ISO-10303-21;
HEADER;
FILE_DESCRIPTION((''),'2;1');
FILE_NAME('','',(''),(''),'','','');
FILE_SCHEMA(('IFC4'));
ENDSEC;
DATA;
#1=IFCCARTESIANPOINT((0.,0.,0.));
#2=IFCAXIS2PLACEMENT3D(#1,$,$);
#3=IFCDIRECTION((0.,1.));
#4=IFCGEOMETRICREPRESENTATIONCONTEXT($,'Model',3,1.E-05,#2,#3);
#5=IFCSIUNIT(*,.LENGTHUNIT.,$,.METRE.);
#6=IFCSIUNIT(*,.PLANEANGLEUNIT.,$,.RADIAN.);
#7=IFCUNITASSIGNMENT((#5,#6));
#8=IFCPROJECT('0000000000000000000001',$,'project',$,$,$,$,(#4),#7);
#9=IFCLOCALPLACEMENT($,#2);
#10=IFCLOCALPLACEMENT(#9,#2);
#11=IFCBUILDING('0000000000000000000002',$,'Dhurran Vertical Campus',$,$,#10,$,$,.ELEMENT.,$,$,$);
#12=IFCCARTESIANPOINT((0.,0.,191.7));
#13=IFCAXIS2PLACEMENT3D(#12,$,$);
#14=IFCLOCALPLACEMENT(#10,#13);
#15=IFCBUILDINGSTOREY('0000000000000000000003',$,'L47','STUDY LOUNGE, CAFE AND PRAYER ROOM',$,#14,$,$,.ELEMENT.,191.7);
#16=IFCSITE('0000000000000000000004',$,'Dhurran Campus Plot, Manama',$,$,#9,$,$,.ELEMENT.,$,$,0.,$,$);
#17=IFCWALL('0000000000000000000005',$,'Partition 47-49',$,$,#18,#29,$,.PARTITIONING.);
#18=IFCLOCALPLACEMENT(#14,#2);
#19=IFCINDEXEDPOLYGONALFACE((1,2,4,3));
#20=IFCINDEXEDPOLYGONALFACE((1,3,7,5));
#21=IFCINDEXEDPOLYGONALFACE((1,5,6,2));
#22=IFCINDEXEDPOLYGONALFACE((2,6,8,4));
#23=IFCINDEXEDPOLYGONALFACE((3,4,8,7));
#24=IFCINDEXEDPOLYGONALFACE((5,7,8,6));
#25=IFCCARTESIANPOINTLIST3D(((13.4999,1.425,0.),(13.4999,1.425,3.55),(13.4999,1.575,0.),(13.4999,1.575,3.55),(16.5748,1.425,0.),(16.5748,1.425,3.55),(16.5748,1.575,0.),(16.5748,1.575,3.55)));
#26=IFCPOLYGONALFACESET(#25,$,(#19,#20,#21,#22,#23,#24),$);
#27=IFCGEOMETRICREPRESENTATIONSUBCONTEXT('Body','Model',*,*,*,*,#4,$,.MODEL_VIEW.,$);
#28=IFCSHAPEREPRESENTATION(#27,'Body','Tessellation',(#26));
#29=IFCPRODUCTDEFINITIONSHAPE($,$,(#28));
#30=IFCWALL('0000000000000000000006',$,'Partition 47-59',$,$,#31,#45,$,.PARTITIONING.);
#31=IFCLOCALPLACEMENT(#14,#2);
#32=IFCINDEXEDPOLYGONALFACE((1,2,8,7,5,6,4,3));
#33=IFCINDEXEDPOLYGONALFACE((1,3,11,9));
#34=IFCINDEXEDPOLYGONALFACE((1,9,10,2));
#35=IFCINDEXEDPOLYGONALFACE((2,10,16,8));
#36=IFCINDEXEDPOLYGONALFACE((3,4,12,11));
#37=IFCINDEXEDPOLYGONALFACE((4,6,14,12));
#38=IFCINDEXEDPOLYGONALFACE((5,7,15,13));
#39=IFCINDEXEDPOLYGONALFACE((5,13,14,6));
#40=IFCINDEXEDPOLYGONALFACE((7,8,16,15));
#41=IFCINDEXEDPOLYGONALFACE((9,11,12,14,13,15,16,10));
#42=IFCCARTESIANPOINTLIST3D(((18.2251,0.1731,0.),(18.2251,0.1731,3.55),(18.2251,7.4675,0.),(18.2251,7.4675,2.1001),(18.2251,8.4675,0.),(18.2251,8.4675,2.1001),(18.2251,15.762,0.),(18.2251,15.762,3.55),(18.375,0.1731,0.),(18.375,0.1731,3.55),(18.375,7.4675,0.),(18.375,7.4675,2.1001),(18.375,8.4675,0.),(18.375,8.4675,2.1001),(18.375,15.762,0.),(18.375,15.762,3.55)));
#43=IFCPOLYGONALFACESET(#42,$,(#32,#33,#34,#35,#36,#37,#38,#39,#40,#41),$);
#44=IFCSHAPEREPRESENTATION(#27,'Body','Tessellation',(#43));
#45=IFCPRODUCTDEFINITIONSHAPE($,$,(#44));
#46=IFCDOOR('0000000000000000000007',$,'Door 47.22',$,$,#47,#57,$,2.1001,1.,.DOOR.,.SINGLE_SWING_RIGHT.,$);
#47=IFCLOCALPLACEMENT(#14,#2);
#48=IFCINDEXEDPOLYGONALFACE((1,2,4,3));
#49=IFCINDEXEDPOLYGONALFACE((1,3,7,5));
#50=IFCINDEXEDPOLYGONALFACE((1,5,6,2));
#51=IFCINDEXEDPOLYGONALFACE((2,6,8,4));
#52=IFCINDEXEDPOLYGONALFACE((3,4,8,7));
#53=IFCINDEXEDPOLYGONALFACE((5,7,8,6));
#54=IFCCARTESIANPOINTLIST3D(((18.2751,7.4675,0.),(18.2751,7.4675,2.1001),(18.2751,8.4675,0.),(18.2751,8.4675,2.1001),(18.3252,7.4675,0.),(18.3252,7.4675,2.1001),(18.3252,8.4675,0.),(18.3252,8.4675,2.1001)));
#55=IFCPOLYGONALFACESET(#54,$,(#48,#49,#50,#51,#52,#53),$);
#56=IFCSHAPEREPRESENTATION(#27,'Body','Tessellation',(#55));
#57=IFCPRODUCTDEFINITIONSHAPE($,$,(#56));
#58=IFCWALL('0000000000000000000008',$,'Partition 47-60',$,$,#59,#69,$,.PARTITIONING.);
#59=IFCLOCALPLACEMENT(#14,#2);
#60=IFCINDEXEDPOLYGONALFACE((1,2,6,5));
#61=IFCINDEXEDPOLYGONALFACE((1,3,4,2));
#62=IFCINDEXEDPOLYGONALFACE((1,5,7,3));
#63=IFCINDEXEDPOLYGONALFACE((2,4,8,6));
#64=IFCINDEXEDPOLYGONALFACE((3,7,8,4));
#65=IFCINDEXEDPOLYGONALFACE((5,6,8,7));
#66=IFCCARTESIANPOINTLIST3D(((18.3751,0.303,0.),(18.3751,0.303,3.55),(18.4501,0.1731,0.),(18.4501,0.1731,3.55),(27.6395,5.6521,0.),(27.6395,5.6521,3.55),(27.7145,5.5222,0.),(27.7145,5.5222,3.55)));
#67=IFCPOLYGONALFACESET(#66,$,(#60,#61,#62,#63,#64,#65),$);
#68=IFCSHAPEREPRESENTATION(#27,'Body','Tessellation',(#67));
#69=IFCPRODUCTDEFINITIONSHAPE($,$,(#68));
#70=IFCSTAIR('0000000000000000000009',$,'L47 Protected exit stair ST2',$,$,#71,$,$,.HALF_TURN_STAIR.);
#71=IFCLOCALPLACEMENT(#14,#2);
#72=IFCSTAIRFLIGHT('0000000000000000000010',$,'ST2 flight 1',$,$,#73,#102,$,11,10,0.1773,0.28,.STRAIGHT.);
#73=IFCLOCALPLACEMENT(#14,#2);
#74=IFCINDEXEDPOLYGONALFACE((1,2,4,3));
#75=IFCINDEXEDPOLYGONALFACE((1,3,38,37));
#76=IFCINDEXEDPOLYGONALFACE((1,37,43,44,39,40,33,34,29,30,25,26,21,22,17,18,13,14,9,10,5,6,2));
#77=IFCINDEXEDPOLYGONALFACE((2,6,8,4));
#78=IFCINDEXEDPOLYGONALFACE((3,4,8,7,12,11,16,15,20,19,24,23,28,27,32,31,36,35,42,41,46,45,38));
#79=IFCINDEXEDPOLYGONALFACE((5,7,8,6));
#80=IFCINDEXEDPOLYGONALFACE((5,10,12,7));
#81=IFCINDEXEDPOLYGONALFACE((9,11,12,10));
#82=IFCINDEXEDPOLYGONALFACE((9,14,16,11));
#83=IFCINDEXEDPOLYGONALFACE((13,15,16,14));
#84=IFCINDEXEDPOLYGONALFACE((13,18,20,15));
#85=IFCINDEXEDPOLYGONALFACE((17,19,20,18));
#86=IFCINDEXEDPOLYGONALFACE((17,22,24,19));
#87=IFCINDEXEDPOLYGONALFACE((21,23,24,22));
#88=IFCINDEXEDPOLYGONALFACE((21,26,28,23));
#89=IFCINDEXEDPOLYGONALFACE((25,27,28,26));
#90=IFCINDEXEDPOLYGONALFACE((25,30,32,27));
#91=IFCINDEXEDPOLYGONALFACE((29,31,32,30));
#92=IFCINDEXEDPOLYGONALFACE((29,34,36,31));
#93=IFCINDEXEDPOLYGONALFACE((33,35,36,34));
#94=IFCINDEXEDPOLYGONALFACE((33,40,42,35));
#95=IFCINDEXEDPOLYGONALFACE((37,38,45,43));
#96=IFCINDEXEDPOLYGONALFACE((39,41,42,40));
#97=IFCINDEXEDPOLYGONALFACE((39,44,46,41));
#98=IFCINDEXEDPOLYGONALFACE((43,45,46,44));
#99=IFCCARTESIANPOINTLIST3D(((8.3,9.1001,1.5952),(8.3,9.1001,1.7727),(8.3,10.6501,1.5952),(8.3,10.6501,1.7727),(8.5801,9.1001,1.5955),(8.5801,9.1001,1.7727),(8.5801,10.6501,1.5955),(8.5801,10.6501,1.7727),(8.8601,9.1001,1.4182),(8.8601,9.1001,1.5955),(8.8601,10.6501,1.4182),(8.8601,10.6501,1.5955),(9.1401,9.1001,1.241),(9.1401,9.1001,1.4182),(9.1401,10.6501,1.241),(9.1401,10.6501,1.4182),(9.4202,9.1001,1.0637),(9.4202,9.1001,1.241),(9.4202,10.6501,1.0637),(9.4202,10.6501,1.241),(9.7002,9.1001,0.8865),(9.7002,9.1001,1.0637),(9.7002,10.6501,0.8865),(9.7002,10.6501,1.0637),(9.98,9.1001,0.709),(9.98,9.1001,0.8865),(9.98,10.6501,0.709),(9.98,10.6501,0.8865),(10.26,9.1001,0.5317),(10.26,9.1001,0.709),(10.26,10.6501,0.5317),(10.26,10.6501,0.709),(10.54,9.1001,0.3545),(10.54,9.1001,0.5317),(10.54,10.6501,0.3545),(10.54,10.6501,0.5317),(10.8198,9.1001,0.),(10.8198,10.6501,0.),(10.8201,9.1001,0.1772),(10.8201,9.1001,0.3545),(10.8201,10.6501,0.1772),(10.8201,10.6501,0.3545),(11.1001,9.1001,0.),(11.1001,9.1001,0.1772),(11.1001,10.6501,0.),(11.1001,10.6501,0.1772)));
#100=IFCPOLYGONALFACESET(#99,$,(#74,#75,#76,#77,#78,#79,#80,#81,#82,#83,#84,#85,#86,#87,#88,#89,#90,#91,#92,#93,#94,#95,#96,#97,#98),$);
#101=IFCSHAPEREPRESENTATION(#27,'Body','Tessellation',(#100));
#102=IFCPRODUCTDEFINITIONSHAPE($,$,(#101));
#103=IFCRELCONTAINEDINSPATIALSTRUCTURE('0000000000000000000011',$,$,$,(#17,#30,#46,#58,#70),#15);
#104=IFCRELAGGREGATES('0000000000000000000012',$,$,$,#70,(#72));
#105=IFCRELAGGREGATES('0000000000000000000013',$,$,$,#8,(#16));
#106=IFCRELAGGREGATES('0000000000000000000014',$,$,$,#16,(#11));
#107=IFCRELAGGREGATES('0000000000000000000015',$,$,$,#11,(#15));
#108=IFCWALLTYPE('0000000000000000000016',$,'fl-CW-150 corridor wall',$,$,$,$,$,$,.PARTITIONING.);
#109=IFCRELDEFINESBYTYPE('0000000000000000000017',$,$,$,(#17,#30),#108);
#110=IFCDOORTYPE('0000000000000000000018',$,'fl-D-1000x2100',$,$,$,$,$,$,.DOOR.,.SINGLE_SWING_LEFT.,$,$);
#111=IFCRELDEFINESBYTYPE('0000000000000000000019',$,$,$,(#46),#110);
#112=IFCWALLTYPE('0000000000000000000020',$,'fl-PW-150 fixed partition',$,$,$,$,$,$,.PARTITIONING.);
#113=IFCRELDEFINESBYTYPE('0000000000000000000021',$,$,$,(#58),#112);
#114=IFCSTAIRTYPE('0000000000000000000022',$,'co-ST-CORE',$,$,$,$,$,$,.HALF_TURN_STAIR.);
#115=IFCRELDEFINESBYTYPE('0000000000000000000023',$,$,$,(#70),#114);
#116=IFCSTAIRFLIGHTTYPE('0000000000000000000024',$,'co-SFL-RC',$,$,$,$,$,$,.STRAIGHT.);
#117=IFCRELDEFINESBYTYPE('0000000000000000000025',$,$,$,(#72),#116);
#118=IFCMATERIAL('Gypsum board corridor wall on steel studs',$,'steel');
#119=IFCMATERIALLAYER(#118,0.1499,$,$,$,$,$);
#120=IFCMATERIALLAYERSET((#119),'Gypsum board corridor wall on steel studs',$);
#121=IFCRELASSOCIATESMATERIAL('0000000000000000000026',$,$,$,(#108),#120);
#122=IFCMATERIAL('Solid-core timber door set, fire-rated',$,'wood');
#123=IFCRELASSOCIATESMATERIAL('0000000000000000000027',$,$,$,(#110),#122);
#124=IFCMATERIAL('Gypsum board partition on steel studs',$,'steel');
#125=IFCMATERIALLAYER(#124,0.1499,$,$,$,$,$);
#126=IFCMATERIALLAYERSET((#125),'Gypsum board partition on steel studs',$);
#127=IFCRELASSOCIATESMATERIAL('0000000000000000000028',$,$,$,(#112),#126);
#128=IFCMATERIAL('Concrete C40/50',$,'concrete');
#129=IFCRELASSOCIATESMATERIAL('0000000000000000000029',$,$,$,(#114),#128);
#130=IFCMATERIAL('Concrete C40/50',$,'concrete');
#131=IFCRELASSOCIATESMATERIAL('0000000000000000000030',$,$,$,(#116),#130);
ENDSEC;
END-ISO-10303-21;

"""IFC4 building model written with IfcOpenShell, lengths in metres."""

from ifc_helpers import new_model, si_unit, direction, frame, frame_2d, origin, place, context, subcontext, project, spatial, polyline, rectangle, outline, extrude, material, layer, layer_set, type_object, element, fill, aggregate, save


model = new_model("IFC4")

# Units and contexts
model_context = context("Model", 3, precision=1e-05, world=origin(), true_north=direction((0.0, 1.0)))
body_context = subcontext(model_context, "Body", "Model", "MODEL_VIEW")
ifc_project = project(units=[si_unit("LENGTHUNIT", "METRE"), si_unit("PLANEANGLEUNIT", "RADIAN")], contexts=[model_context])

# Site, building, storey
site_placement = place(None, origin())
site = spatial("IfcSite", under=ifc_project, at=site_placement, Name="Dhurran Campus Plot, Manama", CompositionType="ELEMENT", RefElevation=0.0)
building_placement = place(site_placement, origin())
building = spatial("IfcBuilding", under=site, at=building_placement, Name="Dhurran Vertical Campus", CompositionType="ELEMENT")
storey_placement = place(building_placement, frame((0.0, 0.0, 191.7)))
storey = spatial("IfcBuildingStorey", under=building, at=storey_placement, Name="L47", Description="STUDY LOUNGE, CAFE AND PRAYER ROOM", CompositionType="ELEMENT", Elevation=191.7)

# Wall
ifc_material_1 = material(Name="Gypsum board corridor wall on steel studs", Category="steel")
ifc_layer_1 = layer(ifc_material_1, 0.1499)
ifc_layer_set_1 = layer_set([ifc_layer_1], Name="Gypsum board corridor wall on steel studs")
wall_type_1 = type_object("IfcWallType", Name="fl-CW-150 corridor wall", PredefinedType="PARTITIONING", material=ifc_layer_set_1)
for number, where, z_axis, x_axis, name in (
    (1, (16.575, 1.5, 0.0), (0.0, 0.0, 1.0), (-1.0, 0.0, 0.0), "Partition 47-49"),
):
    element("IfcWall", number, at=place(storey_placement, frame(where, z_axis=z_axis, x_axis=x_axis)), inside=storey, type_object=wall_type_1, Name=name, PredefinedType="PARTITIONING", context=body_context, shape_type="SweptSolid", body=[
        extrude(rectangle(XDim=3.075, YDim=0.1499, at=frame_2d((1.5376, 0.0))), origin(), (0.0, 0.0, 1.0), 3.55),
    ])

# Wall, opening, door
wall_1_placement = place(storey_placement, frame((18.3, 0.1731, 0.0), z_axis=(0.0, 0.0, 1.0), x_axis=(0.0, 1.0, 0.0)))
wall_1 = element("IfcWall", 2, at=wall_1_placement, inside=storey, type_object=wall_type_1, Name="Partition 47-59", PredefinedType="PARTITIONING", context=body_context, shape_type="SweptSolid", body=[
    extrude(rectangle(XDim=15.5889, YDim=0.1499, at=frame_2d((7.7944, 0.0))), origin(), (0.0, 0.0, 1.0), 3.55),
])
opening_1_placement = place(wall_1_placement, frame((7.2944, 0.0, 0.0)))
opening_1 = element("IfcOpeningElement", 3, at=opening_1_placement, cuts=wall_1, PredefinedType="OPENING", context=body_context, shape_type="SweptSolid", body=[
    extrude(rectangle(XDim=1.0, YDim=2.1001, at=frame_2d((0.5, 1.05))), frame((0.0, 0.085, 0.0), z_axis=(0.0, -1.0, 0.0), x_axis=(1.0, 0.0, 0.0)), (0.0, 0.0, 1.0), 0.1699),
])
ifc_material_2 = material(Name="Solid-core timber door set, fire-rated", Category="wood")
door_type = type_object("IfcDoorType", Name="fl-D-1000x2100", OperationType="SINGLE_SWING_LEFT", PredefinedType="DOOR", material=ifc_material_2)
door_placement = place(opening_1_placement, origin())
door = element("IfcDoor", 4, at=door_placement, inside=storey, type_object=door_type, Name="Door 47.22", OperationType="SINGLE_SWING_RIGHT", OverallHeight=2.1001, OverallWidth=1.0, PredefinedType="DOOR", context=body_context, shape_type="SweptSolid", body=[
    extrude(rectangle(XDim=1.0, YDim=2.1001, at=frame_2d((0.5, 1.05))), frame((0.0, 0.0249, 0.0), z_axis=(0.0, -1.0, 0.0), x_axis=(1.0, 0.0, 0.0)), (0.0, 0.0, 1.0), 0.05),
])
fill(opening_1, door)

# Wall
ifc_material_3 = material(Name="Gypsum board partition on steel studs", Category="steel")
ifc_layer_2 = layer(ifc_material_3, 0.1499)
ifc_layer_set_2 = layer_set([ifc_layer_2], Name="Gypsum board partition on steel studs")
wall_type_2 = type_object("IfcWallType", Name="fl-PW-150 fixed partition", PredefinedType="PARTITIONING", material=ifc_layer_set_2)
wall_2_placement = place(storey_placement, frame((27.677, 5.5872, 0.0), z_axis=(0.0, 0.0, 1.0), x_axis=(-0.866013, -0.500022, 0.0)))
element("IfcWall", 5, at=wall_2_placement, inside=storey, type_object=wall_type_2, Name="Partition 47-60", PredefinedType="PARTITIONING", context=body_context, shape_type="SweptSolid", body=[
    extrude(rectangle(XDim=10.6978, YDim=0.1499, at=frame_2d((5.3489, 0.0))), origin(), (0.0, 0.0, 1.0), 3.55),
])

# Stair, stair flight
ifc_material_4 = material(Name="Concrete C40/50", Category="concrete")
stair_type = type_object("IfcStairType", Name="co-ST-CORE", PredefinedType="HALF_TURN_STAIR", material=ifc_material_4)
stair_placement = place(storey_placement, origin())
stair = element("IfcStair", 6, at=stair_placement, inside=storey, type_object=stair_type, Name="L47 Protected exit stair ST2", PredefinedType="HALF_TURN_STAIR")
ifc_material_5 = material(Name="Concrete C40/50", Category="concrete")
stair_flight_type = type_object("IfcStairFlightType", Name="co-SFL-RC", PredefinedType="STRAIGHT", material=ifc_material_5)
stair_flight_placement = place(storey_placement, frame((11.1001, 9.875, 0.0), z_axis=(0.0, 0.0, 1.0), x_axis=(-1.0, 0.0, 0.0)))
stair_flight = element("IfcStairFlight", 7, at=stair_flight_placement, type_object=stair_flight_type, Name="ST2 flight 1", NumberOfRisers=11, NumberOfTreads=10, PredefinedType="STRAIGHT", RiserHeight=0.1773, TreadLength=0.28, context=body_context, shape_type="SweptSolid", body=[
    extrude(outline(polyline([(0.0, 0.0), (0.0, 0.1772), (0.28, 0.1772), (0.28, 0.3545), (0.5601, 0.3545), (0.5601, 0.5317), (0.8401, 0.5317), (0.8401, 0.709), (1.1201, 0.709), (1.1201, 0.8865), (1.3999, 0.8865), (1.3999, 1.0637), (1.6799, 1.0637), (1.6799, 1.241), (1.96, 1.241), (1.96, 1.4182), (2.24, 1.4182), (2.24, 1.5955), (2.52, 1.5955), (2.52, 1.7727), (2.8, 1.7727), (2.8, 1.95), (2.8, 1.5952), (0.2803, 0.0), (0.0, 0.0)])), frame((0.0, 0.7749, 0.0), z_axis=(0.0, -1.0, 0.0), x_axis=(1.0, 0.0, 0.0)), (0.0, 0.0, 1.0), 1.55),
])
aggregate(stair, [stair_flight])

save(model, "model.ifc")
